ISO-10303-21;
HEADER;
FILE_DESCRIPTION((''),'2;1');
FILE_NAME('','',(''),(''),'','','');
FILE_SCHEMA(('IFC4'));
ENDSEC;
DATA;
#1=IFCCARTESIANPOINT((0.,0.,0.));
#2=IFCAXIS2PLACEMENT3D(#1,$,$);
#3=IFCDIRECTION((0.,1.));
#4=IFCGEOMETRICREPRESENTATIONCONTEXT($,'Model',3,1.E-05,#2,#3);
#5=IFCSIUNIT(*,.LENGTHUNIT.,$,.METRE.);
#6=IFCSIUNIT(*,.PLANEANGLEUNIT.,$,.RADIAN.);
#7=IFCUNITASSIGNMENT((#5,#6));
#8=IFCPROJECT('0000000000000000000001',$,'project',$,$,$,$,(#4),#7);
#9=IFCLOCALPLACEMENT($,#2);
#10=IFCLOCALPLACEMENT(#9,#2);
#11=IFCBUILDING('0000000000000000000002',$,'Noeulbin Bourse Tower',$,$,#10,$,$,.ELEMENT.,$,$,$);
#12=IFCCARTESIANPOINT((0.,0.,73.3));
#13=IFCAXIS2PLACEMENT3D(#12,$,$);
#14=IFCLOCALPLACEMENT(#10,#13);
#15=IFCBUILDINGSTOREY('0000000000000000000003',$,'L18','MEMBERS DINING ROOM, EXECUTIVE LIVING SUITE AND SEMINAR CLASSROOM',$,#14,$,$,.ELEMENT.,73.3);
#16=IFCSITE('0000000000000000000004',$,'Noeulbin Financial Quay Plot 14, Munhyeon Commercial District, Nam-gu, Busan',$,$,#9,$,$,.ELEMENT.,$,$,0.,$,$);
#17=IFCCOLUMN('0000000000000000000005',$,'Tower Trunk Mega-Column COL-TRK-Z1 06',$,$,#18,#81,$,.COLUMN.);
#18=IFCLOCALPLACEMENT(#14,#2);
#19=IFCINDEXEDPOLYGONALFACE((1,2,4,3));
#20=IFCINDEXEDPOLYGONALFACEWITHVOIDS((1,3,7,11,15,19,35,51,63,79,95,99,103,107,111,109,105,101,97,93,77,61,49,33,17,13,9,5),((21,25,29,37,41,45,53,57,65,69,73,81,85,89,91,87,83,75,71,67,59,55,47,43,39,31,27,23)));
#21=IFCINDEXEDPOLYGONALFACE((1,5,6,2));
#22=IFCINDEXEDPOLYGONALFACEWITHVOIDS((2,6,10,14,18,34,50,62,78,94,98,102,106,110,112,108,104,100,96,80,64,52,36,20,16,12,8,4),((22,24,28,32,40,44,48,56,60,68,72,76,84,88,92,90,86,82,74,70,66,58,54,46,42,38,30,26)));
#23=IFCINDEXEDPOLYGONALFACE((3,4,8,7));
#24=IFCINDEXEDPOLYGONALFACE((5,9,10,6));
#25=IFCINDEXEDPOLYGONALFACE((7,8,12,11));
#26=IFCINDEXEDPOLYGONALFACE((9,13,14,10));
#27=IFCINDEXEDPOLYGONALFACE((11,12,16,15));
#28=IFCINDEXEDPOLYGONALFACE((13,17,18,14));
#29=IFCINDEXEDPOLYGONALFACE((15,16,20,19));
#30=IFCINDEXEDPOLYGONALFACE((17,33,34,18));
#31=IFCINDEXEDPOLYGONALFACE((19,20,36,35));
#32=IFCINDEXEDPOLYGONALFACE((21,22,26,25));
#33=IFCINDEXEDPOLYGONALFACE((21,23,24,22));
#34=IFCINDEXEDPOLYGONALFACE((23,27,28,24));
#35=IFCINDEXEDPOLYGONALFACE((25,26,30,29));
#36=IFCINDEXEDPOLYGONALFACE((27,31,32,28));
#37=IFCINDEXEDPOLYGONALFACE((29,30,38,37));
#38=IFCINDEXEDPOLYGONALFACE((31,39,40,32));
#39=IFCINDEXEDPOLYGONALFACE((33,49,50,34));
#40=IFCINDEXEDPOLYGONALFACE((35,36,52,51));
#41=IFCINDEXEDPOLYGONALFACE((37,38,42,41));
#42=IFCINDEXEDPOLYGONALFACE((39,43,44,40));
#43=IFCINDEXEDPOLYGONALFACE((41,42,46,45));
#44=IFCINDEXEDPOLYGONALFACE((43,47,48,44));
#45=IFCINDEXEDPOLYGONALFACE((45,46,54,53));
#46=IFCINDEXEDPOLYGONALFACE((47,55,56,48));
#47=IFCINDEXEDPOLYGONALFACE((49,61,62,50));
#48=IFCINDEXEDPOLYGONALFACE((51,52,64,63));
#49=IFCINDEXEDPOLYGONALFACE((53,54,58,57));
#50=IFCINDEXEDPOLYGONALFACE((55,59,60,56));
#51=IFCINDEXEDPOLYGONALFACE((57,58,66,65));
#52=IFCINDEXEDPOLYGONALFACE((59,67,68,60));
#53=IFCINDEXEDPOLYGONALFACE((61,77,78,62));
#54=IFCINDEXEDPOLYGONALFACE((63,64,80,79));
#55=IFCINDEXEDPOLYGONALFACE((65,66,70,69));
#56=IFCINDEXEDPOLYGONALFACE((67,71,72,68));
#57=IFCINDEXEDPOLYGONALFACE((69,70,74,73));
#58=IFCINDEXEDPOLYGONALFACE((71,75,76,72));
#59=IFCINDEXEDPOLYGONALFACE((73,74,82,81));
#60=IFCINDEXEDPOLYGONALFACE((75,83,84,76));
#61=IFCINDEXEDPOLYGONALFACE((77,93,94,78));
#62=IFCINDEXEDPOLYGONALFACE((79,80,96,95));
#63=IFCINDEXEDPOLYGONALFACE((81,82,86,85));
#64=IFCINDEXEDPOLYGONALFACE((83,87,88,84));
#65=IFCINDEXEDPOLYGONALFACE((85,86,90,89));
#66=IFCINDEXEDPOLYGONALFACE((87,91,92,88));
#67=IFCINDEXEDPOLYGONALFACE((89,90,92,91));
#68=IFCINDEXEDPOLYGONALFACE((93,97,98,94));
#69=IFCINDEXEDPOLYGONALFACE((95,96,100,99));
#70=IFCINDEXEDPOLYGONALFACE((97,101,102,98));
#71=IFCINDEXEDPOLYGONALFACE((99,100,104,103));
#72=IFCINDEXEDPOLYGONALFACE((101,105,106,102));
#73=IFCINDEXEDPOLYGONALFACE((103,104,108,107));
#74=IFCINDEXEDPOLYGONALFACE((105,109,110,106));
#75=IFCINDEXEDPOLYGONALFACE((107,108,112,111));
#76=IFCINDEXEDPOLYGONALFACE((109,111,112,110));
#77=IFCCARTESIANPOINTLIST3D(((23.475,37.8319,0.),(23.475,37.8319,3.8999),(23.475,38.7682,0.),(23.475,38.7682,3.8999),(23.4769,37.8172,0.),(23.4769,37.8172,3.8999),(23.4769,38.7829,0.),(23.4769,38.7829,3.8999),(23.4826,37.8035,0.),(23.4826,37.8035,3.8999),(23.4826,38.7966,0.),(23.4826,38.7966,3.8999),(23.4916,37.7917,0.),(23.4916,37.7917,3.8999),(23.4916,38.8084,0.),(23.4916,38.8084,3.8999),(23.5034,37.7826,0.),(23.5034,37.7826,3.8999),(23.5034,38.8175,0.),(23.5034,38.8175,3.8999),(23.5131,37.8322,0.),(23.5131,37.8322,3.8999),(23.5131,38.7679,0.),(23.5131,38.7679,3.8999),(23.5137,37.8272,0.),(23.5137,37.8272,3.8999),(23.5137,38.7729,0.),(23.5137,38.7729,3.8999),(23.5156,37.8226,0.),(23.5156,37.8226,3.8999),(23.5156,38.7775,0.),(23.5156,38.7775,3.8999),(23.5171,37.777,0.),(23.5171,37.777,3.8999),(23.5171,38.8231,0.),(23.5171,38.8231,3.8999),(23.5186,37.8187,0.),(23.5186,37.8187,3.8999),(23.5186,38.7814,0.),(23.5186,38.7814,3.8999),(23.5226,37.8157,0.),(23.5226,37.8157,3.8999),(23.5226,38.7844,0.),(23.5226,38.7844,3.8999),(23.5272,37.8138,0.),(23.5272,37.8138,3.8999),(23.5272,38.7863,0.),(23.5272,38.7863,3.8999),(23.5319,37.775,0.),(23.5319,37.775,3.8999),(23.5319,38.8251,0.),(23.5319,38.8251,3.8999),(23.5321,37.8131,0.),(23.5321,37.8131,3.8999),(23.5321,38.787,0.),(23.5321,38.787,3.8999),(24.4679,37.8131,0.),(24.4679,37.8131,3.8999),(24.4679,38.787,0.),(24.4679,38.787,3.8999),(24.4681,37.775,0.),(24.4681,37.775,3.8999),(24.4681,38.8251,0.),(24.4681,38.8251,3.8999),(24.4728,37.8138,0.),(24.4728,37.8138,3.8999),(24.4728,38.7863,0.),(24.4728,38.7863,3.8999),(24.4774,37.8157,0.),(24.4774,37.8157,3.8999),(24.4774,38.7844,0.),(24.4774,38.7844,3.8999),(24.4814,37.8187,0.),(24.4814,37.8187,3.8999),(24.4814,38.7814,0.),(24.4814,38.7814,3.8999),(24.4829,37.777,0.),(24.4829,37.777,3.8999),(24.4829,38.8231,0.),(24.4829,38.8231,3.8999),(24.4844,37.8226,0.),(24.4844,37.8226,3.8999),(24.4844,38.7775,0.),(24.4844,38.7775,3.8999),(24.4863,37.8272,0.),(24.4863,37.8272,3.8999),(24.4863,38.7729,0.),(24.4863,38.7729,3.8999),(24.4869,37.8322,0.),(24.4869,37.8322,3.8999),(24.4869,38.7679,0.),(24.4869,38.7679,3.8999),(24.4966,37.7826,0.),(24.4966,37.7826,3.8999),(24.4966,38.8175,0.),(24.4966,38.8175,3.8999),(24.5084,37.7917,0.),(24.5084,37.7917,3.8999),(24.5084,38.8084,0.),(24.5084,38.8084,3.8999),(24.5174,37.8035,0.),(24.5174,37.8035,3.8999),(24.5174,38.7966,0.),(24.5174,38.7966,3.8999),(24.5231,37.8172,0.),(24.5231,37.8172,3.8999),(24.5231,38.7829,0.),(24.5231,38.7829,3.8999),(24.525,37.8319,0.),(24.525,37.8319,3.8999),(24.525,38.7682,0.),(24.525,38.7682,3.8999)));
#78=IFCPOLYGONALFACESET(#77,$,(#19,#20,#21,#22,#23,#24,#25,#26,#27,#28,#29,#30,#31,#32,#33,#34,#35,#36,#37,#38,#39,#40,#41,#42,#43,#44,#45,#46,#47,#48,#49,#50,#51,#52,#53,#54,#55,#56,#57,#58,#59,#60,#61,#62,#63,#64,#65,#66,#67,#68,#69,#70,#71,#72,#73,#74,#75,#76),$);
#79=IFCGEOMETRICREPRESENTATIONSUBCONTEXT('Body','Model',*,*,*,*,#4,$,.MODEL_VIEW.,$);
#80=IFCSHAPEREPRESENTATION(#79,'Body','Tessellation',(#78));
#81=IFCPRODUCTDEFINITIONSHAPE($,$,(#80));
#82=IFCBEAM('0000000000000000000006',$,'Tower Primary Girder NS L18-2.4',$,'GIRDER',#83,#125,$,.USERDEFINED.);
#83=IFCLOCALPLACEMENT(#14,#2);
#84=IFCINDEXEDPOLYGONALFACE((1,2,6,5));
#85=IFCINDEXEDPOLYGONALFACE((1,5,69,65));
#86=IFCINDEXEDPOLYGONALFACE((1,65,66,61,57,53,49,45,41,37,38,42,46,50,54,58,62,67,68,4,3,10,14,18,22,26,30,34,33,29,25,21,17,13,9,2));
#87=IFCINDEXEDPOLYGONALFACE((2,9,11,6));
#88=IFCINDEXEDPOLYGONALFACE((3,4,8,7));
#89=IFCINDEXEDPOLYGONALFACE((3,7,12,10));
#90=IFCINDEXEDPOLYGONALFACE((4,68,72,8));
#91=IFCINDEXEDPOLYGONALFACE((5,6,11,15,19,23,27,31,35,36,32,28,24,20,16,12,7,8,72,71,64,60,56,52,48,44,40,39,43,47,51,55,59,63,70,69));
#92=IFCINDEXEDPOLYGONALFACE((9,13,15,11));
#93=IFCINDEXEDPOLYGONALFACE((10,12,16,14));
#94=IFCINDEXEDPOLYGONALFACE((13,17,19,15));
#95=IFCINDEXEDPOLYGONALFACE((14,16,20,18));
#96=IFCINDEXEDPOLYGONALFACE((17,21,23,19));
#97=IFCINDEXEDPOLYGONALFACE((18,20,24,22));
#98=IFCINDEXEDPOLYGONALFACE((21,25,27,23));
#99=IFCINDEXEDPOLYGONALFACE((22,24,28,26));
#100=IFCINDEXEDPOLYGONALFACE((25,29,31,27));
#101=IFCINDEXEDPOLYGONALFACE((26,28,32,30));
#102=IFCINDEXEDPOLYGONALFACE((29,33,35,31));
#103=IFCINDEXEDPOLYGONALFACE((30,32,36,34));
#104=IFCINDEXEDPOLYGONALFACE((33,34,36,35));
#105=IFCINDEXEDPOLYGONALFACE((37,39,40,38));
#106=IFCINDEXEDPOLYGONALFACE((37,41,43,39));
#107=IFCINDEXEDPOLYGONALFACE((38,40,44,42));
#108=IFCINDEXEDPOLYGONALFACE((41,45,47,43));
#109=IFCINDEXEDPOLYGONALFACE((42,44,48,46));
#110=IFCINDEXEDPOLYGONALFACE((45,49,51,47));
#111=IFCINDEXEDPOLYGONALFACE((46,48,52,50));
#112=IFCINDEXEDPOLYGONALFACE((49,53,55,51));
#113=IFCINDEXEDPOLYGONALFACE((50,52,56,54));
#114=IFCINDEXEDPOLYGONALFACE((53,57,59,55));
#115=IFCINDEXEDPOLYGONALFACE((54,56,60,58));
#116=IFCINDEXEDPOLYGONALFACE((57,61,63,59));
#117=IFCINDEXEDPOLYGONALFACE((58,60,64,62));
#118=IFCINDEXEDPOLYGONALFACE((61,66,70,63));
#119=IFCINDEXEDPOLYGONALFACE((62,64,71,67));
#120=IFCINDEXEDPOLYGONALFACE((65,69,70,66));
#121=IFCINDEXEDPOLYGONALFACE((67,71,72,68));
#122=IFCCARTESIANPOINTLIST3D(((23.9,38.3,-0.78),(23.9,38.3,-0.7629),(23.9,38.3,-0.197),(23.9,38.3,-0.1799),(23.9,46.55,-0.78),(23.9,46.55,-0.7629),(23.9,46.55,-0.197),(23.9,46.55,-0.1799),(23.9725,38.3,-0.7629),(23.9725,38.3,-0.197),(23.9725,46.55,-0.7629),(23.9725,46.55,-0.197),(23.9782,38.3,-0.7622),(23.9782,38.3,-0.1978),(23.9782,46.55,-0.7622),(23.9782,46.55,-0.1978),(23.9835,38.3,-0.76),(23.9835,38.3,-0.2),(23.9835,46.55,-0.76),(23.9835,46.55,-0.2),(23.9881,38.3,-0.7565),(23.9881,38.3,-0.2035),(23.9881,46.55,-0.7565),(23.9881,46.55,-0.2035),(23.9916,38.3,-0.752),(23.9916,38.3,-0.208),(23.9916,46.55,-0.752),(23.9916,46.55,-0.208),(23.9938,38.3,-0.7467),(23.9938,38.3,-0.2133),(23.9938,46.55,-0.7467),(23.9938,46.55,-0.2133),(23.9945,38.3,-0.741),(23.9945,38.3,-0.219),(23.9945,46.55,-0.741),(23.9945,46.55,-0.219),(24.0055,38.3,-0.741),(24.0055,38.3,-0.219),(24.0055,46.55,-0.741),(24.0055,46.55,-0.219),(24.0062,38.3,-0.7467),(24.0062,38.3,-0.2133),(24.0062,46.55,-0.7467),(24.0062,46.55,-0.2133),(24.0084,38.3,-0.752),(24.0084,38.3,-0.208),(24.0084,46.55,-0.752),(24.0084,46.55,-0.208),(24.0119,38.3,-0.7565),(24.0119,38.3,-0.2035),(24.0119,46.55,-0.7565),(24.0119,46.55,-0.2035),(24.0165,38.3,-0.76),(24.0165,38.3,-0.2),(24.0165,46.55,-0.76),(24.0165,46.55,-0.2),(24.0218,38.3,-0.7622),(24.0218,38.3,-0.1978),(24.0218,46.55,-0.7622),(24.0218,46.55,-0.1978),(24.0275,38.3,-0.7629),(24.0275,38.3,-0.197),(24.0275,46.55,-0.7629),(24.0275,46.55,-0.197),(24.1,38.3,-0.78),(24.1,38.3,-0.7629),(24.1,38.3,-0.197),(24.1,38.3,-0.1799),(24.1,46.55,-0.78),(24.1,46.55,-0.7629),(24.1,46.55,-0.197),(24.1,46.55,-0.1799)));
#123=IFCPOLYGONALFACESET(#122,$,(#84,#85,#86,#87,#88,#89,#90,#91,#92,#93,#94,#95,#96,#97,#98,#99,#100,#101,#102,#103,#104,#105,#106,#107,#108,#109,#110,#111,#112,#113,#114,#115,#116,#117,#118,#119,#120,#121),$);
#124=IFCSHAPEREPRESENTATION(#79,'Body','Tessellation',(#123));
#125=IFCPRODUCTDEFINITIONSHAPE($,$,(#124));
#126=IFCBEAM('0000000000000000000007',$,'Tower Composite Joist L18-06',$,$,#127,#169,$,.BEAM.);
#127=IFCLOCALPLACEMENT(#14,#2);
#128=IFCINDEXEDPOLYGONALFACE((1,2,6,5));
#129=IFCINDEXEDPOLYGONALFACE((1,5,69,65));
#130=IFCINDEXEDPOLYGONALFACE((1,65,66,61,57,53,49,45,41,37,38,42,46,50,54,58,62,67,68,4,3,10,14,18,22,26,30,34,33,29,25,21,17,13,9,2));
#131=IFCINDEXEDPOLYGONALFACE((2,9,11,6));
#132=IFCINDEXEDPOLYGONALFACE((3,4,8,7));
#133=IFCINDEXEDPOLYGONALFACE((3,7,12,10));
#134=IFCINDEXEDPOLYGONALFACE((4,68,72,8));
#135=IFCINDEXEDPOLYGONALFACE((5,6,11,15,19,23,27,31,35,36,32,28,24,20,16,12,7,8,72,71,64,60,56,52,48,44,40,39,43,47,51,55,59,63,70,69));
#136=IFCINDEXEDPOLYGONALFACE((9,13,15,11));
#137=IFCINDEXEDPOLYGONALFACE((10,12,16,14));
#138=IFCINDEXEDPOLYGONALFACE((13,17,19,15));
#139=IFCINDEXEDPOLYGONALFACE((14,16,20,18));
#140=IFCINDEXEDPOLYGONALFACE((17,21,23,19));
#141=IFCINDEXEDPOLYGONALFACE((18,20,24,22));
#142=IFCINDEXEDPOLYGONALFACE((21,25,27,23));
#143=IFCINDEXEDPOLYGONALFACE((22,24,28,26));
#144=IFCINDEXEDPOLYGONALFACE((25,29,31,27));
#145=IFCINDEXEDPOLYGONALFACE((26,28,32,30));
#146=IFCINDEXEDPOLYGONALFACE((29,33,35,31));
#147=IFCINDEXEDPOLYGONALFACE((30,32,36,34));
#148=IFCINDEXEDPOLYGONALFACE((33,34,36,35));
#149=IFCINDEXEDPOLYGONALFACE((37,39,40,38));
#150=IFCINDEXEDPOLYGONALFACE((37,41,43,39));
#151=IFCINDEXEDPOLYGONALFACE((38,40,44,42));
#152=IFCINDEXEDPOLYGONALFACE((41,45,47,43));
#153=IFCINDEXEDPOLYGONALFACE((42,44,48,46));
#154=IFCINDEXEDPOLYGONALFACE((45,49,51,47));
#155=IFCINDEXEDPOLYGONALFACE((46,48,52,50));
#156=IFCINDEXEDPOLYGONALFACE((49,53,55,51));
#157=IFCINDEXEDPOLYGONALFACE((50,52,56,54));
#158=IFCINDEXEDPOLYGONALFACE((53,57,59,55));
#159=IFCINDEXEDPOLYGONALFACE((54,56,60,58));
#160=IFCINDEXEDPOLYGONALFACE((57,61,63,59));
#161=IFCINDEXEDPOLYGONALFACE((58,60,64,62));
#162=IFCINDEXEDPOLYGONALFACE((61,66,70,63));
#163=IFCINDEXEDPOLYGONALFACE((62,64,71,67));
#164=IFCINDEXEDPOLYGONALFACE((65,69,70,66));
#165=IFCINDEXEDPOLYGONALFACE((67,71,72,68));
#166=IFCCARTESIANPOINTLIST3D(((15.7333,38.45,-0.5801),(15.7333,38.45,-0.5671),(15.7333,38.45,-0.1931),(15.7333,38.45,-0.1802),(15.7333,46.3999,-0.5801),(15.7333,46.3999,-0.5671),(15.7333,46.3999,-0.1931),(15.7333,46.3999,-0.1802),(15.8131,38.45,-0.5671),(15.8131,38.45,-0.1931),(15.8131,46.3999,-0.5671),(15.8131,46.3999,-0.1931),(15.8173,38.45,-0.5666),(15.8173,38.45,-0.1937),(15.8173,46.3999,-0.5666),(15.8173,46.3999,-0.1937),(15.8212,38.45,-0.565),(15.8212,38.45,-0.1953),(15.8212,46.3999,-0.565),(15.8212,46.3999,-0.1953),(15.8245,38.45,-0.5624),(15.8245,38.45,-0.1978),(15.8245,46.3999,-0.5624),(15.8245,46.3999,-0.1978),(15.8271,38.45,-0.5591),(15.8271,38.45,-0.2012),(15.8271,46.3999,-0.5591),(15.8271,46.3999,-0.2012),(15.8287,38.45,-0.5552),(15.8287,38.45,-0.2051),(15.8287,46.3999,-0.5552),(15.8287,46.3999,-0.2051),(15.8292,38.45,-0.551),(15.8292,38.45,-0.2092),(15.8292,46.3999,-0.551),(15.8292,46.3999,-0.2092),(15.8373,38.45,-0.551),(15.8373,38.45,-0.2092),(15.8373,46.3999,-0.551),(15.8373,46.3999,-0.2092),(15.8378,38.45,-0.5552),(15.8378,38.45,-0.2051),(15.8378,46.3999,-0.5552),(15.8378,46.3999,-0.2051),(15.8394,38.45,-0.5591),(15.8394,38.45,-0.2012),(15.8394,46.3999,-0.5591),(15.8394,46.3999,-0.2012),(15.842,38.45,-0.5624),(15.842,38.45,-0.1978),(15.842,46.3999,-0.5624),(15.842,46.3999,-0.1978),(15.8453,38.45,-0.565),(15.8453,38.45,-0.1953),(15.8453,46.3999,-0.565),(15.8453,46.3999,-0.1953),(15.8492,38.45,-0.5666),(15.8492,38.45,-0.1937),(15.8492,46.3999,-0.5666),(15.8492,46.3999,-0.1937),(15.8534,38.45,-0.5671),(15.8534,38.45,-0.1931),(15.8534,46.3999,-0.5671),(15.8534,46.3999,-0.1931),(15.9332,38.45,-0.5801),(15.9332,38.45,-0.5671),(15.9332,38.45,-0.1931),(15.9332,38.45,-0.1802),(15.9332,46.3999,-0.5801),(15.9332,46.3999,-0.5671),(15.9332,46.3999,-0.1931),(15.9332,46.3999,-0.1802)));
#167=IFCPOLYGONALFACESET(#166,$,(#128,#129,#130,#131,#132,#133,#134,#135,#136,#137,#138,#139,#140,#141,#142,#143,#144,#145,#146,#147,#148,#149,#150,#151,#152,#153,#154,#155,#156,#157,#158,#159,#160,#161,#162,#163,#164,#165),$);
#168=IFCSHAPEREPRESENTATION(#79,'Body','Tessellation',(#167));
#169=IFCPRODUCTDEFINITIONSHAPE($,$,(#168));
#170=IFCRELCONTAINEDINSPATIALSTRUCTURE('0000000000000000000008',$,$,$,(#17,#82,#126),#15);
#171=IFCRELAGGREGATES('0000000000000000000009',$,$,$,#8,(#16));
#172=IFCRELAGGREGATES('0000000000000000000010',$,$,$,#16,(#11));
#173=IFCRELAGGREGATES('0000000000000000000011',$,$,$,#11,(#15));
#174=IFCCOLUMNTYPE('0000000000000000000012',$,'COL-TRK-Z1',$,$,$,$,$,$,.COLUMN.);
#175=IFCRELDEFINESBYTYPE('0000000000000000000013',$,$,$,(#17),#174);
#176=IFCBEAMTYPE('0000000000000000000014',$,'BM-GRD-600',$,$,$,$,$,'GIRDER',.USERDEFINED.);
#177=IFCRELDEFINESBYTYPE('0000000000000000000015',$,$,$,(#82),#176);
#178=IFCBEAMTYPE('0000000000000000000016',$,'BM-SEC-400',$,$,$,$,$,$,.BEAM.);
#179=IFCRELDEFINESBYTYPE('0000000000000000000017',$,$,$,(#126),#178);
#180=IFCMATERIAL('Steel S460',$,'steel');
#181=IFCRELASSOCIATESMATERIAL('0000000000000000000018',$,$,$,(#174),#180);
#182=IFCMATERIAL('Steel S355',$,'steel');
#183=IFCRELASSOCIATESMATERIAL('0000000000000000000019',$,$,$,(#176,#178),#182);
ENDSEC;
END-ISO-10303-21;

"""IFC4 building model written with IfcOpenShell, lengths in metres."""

from ifc_helpers import new_model, si_unit, direction, frame, origin, origin_2d, place, context, subcontext, project, spatial, hollow_rectangle, i_section, extrude, material, material_profile, profile_set, type_object, element, save


model = new_model("IFC4")

# Units and contexts
model_context = context("Model", 3, precision=1e-05, world=origin(), true_north=direction((0.0, 1.0)))
body_context = subcontext(model_context, "Body", "Model", "MODEL_VIEW")
ifc_project = project(units=[si_unit("LENGTHUNIT", "METRE"), si_unit("PLANEANGLEUNIT", "RADIAN")], contexts=[model_context])

# Site, building, storey
site_placement = place(None, origin())
site = spatial("IfcSite", under=ifc_project, at=site_placement, Name="Noeulbin Financial Quay Plot 14, Munhyeon Commercial District, Nam-gu, Busan", CompositionType="ELEMENT", RefElevation=0.0)
building_placement = place(site_placement, origin())
building = spatial("IfcBuilding", under=site, at=building_placement, Name="Noeulbin Bourse Tower", CompositionType="ELEMENT")
storey_placement = place(building_placement, frame((0.0, 0.0, 73.3)))
storey = spatial("IfcBuildingStorey", under=building, at=storey_placement, Name="L18", Description="MEMBERS DINING ROOM, EXECUTIVE LIVING SUITE AND SEMINAR CLASSROOM", CompositionType="ELEMENT", Elevation=73.3)

# Column
ifc_material_1 = material(Name="Steel S460", Category="steel")
ifc_material_profile_1 = material_profile(ifc_material_1, hollow_rectangle(XDim=1.05, YDim=1.05, WallThickness=0.0381, InnerFilletRadius=0.019, OuterFilletRadius=0.0569, at=origin_2d()), Name="BOX-1050x1050x38", Category="LoadBearing")
ifc_profile_set_1 = profile_set([ifc_material_profile_1], Name="Steel S460")
column_type_1 = type_object("IfcColumnType", Name="COL-TRK-Z1", PredefinedType="COLUMN", material=ifc_profile_set_1)
for number, where, z_axis, x_axis, name in (
    (1, (24.0, 38.3, 0.0), (0.0, 0.0, 1.0), (1.0, 0.0, 0.0), "Tower Trunk Mega-Column COL-TRK-Z1 06"),
):
    element("IfcColumn", number, at=place(storey_placement, frame(where, z_axis=z_axis, x_axis=x_axis)), inside=storey, type_object=column_type_1, Name=name, PredefinedType="COLUMN", context=body_context, shape_type="SweptSolid", body=[
        extrude(hollow_rectangle(XDim=1.05, YDim=1.05, WallThickness=0.0381, InnerFilletRadius=0.019, OuterFilletRadius=0.0569, at=origin_2d()), origin(), (0.0, 0.0, 1.0), 3.8999),
    ])

# Beams
ifc_material_2 = material(Name="Steel S355", Category="steel")
ifc_material_profile_2 = material_profile(ifc_material_2, i_section(OverallWidth=0.2, OverallDepth=0.6001, WebThickness=0.011, FlangeThickness=0.0171, FilletRadius=0.022, at=origin_2d()), Name="H-600x200x11x17", Category="LoadBearing")
ifc_profile_set_2 = profile_set([ifc_material_profile_2], Name="Steel S355")
beam_type_1 = type_object("IfcBeamType", Name="BM-GRD-600", ElementType="GIRDER", PredefinedType="USERDEFINED", material=ifc_profile_set_2)
beam_1_placement = place(storey_placement, frame((24.0, 38.3, -0.48), z_axis=(0.0, 1.0, 0.0), x_axis=(-1.0, 0.0, 0.0)))
element("IfcBeam", 2, at=beam_1_placement, inside=storey, type_object=beam_type_1, Name="Tower Primary Girder NS L18-2.4", ObjectType="GIRDER", PredefinedType="USERDEFINED", context=body_context, shape_type="SweptSolid", body=[
    extrude(i_section(OverallWidth=0.2, OverallDepth=0.6001, WebThickness=0.011, FlangeThickness=0.0171, FilletRadius=0.022, at=origin_2d()), origin(), (0.0, 0.0, 1.0), 8.25),
])
ifc_material_profile_3 = material_profile(ifc_material_2, i_section(OverallWidth=0.2, OverallDepth=0.3999, WebThickness=0.0081, FlangeThickness=0.0129, FilletRadius=0.0161, at=origin_2d()), Name="H-400x200x8x13", Category="LoadBearing")
ifc_profile_set_3 = profile_set([ifc_material_profile_3], Name="Steel S355")
beam_type_2 = type_object("IfcBeamType", Name="BM-SEC-400", PredefinedType="BEAM", material=ifc_profile_set_3)
for number, where, z_axis, x_axis, name in (
    (3, (15.8333, 38.45, -0.3801), (0.0, 1.0, 0.0), (-1.0, 0.0, 0.0), "Tower Composite Joist L18-06"),
):
    element("IfcBeam", number, at=place(storey_placement, frame(where, z_axis=z_axis, x_axis=x_axis)), inside=storey, type_object=beam_type_2, Name=name, PredefinedType="BEAM", context=body_context, shape_type="SweptSolid", body=[
        extrude(i_section(OverallWidth=0.2, OverallDepth=0.3999, WebThickness=0.0081, FlangeThickness=0.0129, FilletRadius=0.0161, at=origin_2d()), origin(), (0.0, 0.0, 1.0), 7.95),
    ])

save(model, "model.ifc")
